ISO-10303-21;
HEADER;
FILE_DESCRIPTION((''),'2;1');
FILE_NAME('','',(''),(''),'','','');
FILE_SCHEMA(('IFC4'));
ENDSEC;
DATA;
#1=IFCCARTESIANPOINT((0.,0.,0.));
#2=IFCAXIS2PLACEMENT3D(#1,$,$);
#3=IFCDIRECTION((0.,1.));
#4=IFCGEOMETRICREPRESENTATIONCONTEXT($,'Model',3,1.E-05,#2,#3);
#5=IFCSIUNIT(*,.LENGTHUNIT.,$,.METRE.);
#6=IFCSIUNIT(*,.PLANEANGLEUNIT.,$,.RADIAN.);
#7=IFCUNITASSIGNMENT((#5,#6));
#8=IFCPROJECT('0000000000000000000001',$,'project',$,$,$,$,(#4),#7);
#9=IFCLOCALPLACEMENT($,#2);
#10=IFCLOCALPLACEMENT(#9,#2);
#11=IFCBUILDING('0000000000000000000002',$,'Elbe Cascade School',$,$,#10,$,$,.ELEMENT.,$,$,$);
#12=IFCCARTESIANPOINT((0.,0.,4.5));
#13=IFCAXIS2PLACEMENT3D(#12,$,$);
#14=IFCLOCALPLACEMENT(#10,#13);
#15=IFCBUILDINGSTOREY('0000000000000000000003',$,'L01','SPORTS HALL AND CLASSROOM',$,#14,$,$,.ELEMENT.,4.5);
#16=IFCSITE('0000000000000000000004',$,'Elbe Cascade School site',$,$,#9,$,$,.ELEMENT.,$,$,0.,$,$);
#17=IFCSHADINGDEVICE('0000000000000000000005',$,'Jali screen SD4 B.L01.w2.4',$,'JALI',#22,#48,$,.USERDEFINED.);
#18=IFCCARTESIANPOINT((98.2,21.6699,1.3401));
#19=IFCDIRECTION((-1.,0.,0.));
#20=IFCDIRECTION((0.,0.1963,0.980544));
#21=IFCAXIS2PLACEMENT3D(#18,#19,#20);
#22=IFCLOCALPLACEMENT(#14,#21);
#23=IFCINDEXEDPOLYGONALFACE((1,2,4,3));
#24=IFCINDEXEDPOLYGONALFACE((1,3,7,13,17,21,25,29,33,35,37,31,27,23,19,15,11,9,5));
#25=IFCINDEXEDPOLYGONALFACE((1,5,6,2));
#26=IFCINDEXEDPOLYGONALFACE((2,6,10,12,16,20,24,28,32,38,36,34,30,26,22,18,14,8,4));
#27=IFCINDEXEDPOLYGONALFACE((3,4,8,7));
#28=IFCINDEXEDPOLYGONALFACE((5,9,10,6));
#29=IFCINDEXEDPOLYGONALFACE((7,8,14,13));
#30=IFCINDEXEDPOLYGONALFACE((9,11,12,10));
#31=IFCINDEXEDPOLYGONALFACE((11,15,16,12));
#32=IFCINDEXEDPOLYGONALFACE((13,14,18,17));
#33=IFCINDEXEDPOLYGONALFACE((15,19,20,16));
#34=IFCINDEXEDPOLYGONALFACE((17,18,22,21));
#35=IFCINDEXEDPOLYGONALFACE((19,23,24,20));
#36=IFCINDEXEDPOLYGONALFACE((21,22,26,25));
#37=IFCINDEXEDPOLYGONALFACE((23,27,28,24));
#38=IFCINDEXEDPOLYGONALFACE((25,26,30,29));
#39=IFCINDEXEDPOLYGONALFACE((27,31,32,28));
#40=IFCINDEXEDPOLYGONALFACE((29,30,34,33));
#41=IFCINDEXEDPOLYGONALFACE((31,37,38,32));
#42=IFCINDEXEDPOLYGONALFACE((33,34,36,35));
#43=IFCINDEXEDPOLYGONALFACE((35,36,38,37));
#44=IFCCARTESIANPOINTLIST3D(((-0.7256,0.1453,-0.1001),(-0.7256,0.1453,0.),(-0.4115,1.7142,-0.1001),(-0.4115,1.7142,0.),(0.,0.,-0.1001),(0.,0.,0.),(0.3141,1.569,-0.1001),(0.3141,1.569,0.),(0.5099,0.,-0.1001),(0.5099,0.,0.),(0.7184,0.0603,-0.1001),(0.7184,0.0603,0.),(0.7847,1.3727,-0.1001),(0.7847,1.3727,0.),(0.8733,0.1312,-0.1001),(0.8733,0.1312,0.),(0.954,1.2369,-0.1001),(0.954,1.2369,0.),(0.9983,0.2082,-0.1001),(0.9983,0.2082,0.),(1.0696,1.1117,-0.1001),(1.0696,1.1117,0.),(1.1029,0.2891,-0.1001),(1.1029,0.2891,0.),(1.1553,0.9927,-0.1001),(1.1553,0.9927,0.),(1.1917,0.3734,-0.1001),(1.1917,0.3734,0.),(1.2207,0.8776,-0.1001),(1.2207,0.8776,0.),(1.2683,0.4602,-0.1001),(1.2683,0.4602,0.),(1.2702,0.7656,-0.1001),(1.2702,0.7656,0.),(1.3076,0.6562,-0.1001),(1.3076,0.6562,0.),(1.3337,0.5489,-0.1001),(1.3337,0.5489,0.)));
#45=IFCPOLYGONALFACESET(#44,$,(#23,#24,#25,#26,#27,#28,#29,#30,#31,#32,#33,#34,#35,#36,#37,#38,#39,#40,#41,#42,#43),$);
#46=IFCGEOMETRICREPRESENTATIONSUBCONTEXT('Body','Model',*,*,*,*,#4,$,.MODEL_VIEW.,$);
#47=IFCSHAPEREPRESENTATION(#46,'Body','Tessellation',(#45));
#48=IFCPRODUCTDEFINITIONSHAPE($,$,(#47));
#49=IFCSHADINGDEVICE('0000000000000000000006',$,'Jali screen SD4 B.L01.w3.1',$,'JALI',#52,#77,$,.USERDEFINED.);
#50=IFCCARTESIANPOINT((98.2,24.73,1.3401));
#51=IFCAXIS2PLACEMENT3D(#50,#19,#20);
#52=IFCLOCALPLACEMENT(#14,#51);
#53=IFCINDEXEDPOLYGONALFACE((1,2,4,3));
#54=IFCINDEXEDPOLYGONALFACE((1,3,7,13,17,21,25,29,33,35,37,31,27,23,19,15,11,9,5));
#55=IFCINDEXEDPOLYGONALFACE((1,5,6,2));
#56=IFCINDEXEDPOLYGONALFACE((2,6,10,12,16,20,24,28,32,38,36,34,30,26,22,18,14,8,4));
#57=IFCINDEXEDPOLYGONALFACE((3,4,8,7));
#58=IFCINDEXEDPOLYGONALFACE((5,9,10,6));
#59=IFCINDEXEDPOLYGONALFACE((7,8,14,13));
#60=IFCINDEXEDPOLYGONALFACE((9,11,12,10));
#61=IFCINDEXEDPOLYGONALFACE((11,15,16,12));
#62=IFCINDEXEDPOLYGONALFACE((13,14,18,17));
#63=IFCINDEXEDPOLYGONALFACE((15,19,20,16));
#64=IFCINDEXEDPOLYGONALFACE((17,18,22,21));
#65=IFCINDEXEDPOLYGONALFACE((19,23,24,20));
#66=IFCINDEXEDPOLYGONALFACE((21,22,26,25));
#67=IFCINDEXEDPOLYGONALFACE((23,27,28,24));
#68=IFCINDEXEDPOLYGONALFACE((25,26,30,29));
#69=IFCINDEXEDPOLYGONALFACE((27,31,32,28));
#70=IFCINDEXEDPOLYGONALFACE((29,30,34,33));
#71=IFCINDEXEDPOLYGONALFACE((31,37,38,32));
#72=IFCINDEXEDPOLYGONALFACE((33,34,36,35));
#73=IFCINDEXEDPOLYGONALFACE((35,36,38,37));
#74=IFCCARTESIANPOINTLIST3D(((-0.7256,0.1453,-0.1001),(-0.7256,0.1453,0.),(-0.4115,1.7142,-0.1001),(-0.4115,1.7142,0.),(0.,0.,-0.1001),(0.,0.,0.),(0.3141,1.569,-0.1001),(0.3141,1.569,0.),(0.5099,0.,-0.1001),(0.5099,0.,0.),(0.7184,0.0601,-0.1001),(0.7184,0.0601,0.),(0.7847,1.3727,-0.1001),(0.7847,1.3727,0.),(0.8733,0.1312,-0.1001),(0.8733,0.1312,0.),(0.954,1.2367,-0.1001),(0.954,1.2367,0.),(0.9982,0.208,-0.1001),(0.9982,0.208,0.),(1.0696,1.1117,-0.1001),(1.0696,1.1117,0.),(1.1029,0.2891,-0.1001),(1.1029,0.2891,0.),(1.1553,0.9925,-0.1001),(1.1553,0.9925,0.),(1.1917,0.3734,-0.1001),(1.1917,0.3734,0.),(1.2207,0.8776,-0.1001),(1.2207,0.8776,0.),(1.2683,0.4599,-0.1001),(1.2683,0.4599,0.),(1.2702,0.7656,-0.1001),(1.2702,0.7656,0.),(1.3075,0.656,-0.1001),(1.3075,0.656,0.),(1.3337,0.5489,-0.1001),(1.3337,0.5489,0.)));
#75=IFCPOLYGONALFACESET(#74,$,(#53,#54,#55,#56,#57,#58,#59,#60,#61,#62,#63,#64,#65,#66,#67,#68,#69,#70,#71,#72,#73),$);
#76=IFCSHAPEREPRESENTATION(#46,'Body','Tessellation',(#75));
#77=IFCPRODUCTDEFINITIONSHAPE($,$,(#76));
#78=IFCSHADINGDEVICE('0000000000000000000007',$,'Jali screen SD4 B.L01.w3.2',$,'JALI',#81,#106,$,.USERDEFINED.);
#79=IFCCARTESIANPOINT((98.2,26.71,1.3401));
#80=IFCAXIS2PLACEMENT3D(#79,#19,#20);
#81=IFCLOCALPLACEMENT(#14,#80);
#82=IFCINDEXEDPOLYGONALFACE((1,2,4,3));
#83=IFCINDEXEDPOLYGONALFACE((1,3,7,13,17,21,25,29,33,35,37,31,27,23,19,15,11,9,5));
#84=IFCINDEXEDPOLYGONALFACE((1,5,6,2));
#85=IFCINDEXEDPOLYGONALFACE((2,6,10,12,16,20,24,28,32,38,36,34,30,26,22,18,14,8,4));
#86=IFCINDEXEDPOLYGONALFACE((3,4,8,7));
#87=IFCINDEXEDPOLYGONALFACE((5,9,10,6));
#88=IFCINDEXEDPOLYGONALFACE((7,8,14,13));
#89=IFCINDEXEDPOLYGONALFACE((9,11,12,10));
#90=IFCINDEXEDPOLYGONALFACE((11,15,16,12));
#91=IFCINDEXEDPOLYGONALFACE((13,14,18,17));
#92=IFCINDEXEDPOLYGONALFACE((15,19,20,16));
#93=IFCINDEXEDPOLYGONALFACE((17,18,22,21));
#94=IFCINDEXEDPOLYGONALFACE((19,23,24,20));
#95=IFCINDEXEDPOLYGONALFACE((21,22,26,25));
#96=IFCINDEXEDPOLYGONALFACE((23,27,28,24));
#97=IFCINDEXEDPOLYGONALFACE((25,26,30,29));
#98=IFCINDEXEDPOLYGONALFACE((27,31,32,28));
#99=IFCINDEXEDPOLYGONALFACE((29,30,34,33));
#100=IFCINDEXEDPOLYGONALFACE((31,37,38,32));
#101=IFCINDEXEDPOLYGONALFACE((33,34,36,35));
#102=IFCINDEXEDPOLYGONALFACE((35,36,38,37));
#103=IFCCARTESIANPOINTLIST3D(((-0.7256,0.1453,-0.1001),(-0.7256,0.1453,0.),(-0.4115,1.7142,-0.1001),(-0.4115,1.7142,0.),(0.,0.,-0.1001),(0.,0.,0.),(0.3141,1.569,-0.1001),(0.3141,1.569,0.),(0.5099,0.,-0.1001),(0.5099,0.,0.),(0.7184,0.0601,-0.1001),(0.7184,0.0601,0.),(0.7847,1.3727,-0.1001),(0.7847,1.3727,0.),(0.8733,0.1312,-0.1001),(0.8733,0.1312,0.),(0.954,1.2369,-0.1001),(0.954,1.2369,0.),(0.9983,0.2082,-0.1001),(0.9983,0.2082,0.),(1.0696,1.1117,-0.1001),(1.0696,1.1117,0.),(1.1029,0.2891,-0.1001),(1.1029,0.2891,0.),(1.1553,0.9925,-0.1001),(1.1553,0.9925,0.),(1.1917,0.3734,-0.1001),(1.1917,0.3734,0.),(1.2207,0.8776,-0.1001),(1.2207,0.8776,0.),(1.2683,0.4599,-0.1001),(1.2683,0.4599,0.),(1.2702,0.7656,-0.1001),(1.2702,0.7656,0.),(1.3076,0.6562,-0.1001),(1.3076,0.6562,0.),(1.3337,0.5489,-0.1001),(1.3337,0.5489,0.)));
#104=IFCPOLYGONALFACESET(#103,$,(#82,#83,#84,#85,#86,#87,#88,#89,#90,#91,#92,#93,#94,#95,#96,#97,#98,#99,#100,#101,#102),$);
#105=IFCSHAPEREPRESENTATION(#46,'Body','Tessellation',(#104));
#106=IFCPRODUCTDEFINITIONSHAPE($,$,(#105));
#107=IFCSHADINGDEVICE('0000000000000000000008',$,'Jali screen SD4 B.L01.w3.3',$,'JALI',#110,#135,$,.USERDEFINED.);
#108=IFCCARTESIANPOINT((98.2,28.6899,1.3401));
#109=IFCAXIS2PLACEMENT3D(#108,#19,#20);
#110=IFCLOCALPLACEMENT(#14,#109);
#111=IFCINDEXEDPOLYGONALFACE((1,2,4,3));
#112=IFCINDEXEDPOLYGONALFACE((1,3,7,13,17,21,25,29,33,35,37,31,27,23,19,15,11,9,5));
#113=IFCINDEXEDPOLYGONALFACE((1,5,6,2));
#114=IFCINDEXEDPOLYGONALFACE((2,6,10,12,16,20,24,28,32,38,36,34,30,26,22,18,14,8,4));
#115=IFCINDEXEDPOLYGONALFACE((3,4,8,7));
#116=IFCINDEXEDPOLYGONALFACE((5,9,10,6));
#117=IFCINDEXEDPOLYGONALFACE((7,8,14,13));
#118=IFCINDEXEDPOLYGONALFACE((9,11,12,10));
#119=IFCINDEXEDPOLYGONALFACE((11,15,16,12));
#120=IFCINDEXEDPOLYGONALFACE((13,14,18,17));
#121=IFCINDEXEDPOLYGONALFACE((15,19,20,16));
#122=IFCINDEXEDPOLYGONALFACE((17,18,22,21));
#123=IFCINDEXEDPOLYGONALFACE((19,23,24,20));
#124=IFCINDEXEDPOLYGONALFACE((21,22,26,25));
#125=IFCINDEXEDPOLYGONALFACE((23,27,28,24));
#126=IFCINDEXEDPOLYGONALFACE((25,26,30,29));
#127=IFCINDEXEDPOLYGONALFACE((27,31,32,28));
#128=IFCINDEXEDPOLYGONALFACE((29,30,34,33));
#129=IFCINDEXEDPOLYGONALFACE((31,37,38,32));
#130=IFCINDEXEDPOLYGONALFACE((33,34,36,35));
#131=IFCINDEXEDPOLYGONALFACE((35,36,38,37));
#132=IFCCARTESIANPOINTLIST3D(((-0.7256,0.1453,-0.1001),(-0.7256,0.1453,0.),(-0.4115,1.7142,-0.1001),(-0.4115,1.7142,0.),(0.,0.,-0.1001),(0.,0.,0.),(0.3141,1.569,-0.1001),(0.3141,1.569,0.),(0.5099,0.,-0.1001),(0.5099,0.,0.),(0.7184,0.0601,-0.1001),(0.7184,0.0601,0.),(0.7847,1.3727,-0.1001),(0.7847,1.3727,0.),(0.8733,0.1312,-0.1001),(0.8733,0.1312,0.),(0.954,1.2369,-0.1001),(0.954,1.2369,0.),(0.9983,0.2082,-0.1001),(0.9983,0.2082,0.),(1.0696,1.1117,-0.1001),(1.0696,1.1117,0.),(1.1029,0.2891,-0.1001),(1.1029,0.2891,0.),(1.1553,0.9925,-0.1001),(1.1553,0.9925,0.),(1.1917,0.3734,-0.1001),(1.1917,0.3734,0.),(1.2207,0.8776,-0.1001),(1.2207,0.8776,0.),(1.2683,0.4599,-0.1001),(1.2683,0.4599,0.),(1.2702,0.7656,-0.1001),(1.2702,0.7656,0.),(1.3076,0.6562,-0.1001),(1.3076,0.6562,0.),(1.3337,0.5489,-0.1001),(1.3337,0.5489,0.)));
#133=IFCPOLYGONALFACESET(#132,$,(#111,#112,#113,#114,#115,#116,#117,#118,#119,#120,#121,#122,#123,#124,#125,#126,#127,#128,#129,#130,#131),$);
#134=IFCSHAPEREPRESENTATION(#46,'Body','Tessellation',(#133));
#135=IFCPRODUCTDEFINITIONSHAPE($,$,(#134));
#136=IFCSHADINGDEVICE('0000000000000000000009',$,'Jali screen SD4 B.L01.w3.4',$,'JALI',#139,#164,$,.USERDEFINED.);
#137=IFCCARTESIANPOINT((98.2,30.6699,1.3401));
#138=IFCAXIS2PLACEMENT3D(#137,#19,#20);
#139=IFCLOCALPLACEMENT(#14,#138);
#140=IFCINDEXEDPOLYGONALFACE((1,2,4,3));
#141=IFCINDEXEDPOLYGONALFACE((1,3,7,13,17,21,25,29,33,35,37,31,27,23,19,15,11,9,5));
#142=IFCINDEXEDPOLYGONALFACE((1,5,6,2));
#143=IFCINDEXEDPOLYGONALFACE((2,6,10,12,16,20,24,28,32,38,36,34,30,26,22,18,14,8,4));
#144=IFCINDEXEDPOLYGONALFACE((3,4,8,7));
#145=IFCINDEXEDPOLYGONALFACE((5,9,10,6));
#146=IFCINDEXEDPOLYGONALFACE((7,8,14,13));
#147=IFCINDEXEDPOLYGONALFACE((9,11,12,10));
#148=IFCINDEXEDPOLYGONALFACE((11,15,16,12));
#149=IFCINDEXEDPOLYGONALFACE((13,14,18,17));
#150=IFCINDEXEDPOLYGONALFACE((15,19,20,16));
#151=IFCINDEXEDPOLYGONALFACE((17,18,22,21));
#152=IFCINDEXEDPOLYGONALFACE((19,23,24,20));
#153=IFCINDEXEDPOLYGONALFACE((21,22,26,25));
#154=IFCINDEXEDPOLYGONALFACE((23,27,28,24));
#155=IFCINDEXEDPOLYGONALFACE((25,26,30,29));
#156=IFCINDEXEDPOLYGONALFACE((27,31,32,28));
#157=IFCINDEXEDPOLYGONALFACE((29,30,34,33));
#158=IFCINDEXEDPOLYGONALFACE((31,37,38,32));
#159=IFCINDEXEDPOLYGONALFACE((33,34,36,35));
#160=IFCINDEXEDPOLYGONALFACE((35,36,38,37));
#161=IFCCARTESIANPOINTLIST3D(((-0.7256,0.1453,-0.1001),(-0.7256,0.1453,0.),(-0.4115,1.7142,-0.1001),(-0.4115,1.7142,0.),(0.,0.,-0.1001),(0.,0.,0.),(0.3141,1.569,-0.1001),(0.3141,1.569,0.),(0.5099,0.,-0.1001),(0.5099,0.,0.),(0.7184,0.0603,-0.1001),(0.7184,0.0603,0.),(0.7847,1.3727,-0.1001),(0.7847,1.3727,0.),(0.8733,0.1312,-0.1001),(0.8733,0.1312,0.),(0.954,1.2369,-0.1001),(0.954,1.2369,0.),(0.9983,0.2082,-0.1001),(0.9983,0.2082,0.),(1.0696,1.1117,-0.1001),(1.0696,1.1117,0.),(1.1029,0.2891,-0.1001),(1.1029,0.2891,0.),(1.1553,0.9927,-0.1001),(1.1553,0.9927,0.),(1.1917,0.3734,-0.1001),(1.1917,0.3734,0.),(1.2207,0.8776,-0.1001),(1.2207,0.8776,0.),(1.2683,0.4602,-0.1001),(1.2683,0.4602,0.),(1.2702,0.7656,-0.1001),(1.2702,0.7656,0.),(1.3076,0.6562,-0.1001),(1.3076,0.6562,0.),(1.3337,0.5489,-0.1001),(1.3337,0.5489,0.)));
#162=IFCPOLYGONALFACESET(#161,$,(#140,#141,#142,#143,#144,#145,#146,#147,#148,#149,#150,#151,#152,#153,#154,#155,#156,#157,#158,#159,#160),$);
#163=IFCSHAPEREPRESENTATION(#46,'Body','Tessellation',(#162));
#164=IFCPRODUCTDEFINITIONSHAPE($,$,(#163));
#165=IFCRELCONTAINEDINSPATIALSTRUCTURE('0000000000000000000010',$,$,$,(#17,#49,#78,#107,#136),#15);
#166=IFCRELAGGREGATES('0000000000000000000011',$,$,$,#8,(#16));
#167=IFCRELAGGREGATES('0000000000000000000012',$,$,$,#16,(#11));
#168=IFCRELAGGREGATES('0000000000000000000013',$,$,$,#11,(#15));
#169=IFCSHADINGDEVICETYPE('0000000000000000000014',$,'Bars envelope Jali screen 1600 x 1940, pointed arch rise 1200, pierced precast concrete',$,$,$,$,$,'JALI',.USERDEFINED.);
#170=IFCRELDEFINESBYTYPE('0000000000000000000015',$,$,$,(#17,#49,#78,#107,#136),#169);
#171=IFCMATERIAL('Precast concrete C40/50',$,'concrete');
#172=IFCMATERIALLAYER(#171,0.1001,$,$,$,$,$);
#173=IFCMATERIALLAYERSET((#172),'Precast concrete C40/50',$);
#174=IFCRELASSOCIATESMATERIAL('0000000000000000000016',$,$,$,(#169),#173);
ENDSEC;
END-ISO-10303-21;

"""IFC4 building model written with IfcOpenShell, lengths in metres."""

from ifc_helpers import new_model, si_unit, direction, frame, origin, place, context, subcontext, project, spatial, polyline, outline, extrude, material, layer, layer_set, type_object, element, save


model = new_model("IFC4")

# Units and contexts
model_context = context("Model", 3, precision=1e-05, world=origin(), true_north=direction((0.0, 1.0)))
body_context = subcontext(model_context, "Body", "Model", "MODEL_VIEW")
ifc_project = project(units=[si_unit("LENGTHUNIT", "METRE"), si_unit("PLANEANGLEUNIT", "RADIAN")], contexts=[model_context])

# Site, building, storey
site_placement = place(None, origin())
site = spatial("IfcSite", under=ifc_project, at=site_placement, Name="Elbe Cascade School site", CompositionType="ELEMENT", RefElevation=0.0)
building_placement = place(site_placement, origin())
building = spatial("IfcBuilding", under=site, at=building_placement, Name="Elbe Cascade School", CompositionType="ELEMENT")
storey_placement = place(building_placement, frame((0.0, 0.0, 4.5)))
storey = spatial("IfcBuildingStorey", under=building, at=storey_placement, Name="L01", Description="SPORTS HALL AND CLASSROOM", CompositionType="ELEMENT", Elevation=4.5)

# Shading devices
ifc_material_1 = material(Name="Precast concrete C40/50", Category="concrete")
ifc_layer_1 = layer(ifc_material_1, 0.1001)
ifc_layer_set_1 = layer_set([ifc_layer_1], Name="Precast concrete C40/50")
shading_device_type_1 = type_object("IfcShadingDeviceType", Name="Bars envelope Jali screen 1600 x 1940, pointed arch rise 1200, pierced precast concrete", ElementType="JALI", PredefinedType="USERDEFINED", material=ifc_layer_set_1)
shading_device_1_placement = place(storey_placement, frame((98.2, 21.6699, 1.3401), z_axis=(-1.0, 0.0, 0.0), x_axis=(0.0, 0.1963, 0.980544)))
element("IfcShadingDevice", 1, at=shading_device_1_placement, inside=storey, type_object=shading_device_type_1, Name="Jali screen SD4 B.L01.w2.4", ObjectType="JALI", PredefinedType="USERDEFINED", context=body_context, shape_type="SweptSolid", body=[
    extrude(outline(polyline([(0.0, 0.0), (0.5099, 0.0), (0.7184, 0.0603), (0.8733, 0.1312), (0.9983, 0.2082), (1.1029, 0.2891), (1.1917, 0.3734), (1.2683, 0.4602), (1.3337, 0.5489), (1.3076, 0.6562), (1.2702, 0.7656), (1.2207, 0.8776), (1.1553, 0.9927), (1.0696, 1.1117), (0.954, 1.2369), (0.7847, 1.3727), (0.3141, 1.569), (-0.4115, 1.7142), (-0.7256, 0.1453), (0.0, 0.0)])), origin(), (0.0, 0.0, -1.0), 0.1001),
])
shading_device_2_placement = place(storey_placement, frame((98.2, 24.73, 1.3401), z_axis=(-1.0, 0.0, 0.0), x_axis=(0.0, 0.1963, 0.980544)))
element("IfcShadingDevice", 2, at=shading_device_2_placement, inside=storey, type_object=shading_device_type_1, Name="Jali screen SD4 B.L01.w3.1", ObjectType="JALI", PredefinedType="USERDEFINED", context=body_context, shape_type="SweptSolid", body=[
    extrude(outline(polyline([(0.0, 0.0), (0.5099, 0.0), (0.7184, 0.0601), (0.8733, 0.1312), (0.9982, 0.208), (1.1029, 0.2891), (1.1917, 0.3734), (1.2683, 0.4599), (1.3337, 0.5489), (1.3075, 0.656), (1.2702, 0.7656), (1.2207, 0.8776), (1.1553, 0.9925), (1.0696, 1.1117), (0.954, 1.2367), (0.7847, 1.3727), (0.3141, 1.569), (-0.4115, 1.7142), (-0.7256, 0.1453), (0.0, 0.0)])), origin(), (0.0, 0.0, -1.0), 0.1001),
])
for number, where, z_axis, x_axis, name in (
    (3, (98.2, 26.71, 1.3401), (-1.0, 0.0, 0.0), (0.0, 0.1963, 0.980544), "Jali screen SD4 B.L01.w3.2"),
    (4, (98.2, 28.6899, 1.3401), (-1.0, 0.0, 0.0), (0.0, 0.1963, 0.980544), "Jali screen SD4 B.L01.w3.3"),
):
    element("IfcShadingDevice", number, at=place(storey_placement, frame(where, z_axis=z_axis, x_axis=x_axis)), inside=storey, type_object=shading_device_type_1, Name=name, ObjectType="JALI", PredefinedType="USERDEFINED", context=body_context, shape_type="SweptSolid", body=[
        extrude(outline(polyline([(0.0, 0.0), (0.5099, 0.0), (0.7184, 0.0601), (0.8733, 0.1312), (0.9983, 0.2082), (1.1029, 0.2891), (1.1917, 0.3734), (1.2683, 0.4599), (1.3337, 0.5489), (1.3076, 0.6562), (1.2702, 0.7656), (1.2207, 0.8776), (1.1553, 0.9925), (1.0696, 1.1117), (0.954, 1.2369), (0.7847, 1.3727), (0.3141, 1.569), (-0.4115, 1.7142), (-0.7256, 0.1453), (0.0, 0.0)])), origin(), (0.0, 0.0, -1.0), 0.1001),
    ])
shading_device_3_placement = place(storey_placement, frame((98.2, 30.6699, 1.3401), z_axis=(-1.0, 0.0, 0.0), x_axis=(0.0, 0.1963, 0.980544)))
element("IfcShadingDevice", 5, at=shading_device_3_placement, inside=storey, type_object=shading_device_type_1, Name="Jali screen SD4 B.L01.w3.4", ObjectType="JALI", PredefinedType="USERDEFINED", context=body_context, shape_type="SweptSolid", body=[
    extrude(outline(polyline([(0.0, 0.0), (0.5099, 0.0), (0.7184, 0.0603), (0.8733, 0.1312), (0.9983, 0.2082), (1.1029, 0.2891), (1.1917, 0.3734), (1.2683, 0.4602), (1.3337, 0.5489), (1.3076, 0.6562), (1.2702, 0.7656), (1.2207, 0.8776), (1.1553, 0.9927), (1.0696, 1.1117), (0.954, 1.2369), (0.7847, 1.3727), (0.3141, 1.569), (-0.4115, 1.7142), (-0.7256, 0.1453), (0.0, 0.0)])), origin(), (0.0, 0.0, -1.0), 0.1001),
])

save(model, "model.ifc")
